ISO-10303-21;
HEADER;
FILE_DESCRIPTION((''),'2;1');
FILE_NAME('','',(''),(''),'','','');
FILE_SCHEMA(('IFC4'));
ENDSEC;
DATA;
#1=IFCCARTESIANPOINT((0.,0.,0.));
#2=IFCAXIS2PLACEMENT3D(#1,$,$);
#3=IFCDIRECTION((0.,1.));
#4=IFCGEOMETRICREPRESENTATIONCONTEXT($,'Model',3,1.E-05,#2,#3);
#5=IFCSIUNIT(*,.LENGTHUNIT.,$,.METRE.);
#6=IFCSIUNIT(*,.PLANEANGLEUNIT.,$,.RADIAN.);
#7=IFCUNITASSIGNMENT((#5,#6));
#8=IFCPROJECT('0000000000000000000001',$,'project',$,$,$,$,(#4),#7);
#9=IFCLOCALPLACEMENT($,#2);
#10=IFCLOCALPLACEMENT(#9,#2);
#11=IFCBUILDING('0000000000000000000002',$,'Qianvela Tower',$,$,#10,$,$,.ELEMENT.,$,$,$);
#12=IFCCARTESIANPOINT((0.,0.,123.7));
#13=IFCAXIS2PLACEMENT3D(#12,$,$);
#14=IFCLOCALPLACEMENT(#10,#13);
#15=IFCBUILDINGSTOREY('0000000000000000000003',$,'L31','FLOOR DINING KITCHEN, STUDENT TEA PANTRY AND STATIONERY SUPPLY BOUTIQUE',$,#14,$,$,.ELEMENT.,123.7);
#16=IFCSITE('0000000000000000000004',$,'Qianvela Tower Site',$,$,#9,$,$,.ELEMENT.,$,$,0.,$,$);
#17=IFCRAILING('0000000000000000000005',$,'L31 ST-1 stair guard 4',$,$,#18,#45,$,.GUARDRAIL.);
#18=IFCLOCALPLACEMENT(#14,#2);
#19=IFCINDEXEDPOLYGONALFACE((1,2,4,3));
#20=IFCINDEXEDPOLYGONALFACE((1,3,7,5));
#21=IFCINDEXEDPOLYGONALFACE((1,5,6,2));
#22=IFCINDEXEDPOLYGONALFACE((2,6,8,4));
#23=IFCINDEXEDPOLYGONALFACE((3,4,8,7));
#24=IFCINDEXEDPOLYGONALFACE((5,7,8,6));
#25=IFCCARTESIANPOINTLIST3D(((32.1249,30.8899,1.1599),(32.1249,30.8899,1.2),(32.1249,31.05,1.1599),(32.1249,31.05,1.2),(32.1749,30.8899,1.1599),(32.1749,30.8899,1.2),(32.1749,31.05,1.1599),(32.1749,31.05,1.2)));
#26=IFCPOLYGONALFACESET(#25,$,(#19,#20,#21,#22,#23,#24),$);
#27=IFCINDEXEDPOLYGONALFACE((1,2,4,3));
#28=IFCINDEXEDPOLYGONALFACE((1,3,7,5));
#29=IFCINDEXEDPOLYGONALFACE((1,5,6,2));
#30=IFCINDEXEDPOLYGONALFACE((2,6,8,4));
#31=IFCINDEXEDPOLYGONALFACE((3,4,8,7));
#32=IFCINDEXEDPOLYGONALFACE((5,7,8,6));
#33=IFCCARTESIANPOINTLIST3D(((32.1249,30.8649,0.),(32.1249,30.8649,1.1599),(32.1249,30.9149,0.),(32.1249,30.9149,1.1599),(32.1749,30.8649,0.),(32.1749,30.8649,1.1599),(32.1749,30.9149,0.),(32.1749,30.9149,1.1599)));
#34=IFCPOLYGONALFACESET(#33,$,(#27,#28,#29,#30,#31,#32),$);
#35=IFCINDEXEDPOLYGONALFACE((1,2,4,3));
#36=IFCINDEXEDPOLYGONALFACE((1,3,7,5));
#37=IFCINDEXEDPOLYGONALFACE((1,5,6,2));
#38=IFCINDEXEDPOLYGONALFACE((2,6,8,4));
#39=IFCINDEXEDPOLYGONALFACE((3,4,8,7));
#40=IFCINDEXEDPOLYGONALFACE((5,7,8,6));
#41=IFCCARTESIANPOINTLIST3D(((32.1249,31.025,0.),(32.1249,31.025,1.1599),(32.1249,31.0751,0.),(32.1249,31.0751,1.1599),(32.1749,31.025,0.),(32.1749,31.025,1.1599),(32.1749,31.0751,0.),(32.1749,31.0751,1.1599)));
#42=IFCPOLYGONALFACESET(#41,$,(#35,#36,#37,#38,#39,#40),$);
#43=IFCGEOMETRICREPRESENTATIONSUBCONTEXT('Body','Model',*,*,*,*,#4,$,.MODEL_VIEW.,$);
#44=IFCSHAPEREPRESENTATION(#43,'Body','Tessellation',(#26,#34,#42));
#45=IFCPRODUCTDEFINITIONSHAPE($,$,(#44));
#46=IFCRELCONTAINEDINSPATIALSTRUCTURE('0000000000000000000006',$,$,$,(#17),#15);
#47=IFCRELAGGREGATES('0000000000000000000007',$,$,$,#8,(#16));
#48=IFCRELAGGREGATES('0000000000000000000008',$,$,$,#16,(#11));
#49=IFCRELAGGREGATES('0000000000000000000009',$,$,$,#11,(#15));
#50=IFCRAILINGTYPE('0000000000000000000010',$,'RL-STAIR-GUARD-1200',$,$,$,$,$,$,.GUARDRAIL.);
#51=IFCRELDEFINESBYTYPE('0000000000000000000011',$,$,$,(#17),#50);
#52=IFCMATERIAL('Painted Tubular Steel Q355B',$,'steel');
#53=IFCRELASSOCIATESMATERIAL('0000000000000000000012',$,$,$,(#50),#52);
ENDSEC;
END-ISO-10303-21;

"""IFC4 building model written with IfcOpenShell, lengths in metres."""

from ifc_helpers import new_model, si_unit, direction, frame, origin, origin_2d, place, context, subcontext, project, spatial, rectangle, extrude, material, type_object, element, save


model = new_model("IFC4")

# Units and contexts
model_context = context("Model", 3, precision=1e-05, world=origin(), true_north=direction((0.0, 1.0)))
body_context = subcontext(model_context, "Body", "Model", "MODEL_VIEW")
ifc_project = project(units=[si_unit("LENGTHUNIT", "METRE"), si_unit("PLANEANGLEUNIT", "RADIAN")], contexts=[model_context])

# Site, building, storey
site_placement = place(None, origin())
site = spatial("IfcSite", under=ifc_project, at=site_placement, Name="Qianvela Tower Site", CompositionType="ELEMENT", RefElevation=0.0)
building_placement = place(site_placement, origin())
building = spatial("IfcBuilding", under=site, at=building_placement, Name="Qianvela Tower", CompositionType="ELEMENT")
storey_placement = place(building_placement, frame((0.0, 0.0, 123.7)))
storey = spatial("IfcBuildingStorey", under=building, at=storey_placement, Name="L31", Description="FLOOR DINING KITCHEN, STUDENT TEA PANTRY AND STATIONERY SUPPLY BOUTIQUE", CompositionType="ELEMENT", Elevation=123.7)

# Railing
ifc_material_1 = material(Name="Painted Tubular Steel Q355B", Category="steel")
railing_type = type_object("IfcRailingType", Name="RL-STAIR-GUARD-1200", PredefinedType="GUARDRAIL", material=ifc_material_1)
railing_1_placement = place(storey_placement, frame((32.1499, 30.8899, 0.0)))
element("IfcRailing", 1, at=railing_1_placement, inside=storey, type_object=railing_type, Name="L31 ST-1 stair guard 4", PredefinedType="GUARDRAIL", context=body_context, shape_type="SweptSolid", body=[
    extrude(rectangle(XDim=0.05, YDim=0.04, at=origin_2d()), frame((0.0, 0.0, 1.1799), z_axis=(0.0, 1.0, 0.0), x_axis=(-1.0, 0.0, 0.0)), (0.0, 0.0, 1.0), 0.1602),
    extrude(rectangle(XDim=0.05, YDim=0.05, at=origin_2d()), origin(), (0.0, 0.0, 1.0), 1.1599),
    extrude(rectangle(XDim=0.05, YDim=0.05, at=origin_2d()), frame((0.0, 0.1602, 0.0)), (0.0, 0.0, 1.0), 1.1599),
])

save(model, "model.ifc")
